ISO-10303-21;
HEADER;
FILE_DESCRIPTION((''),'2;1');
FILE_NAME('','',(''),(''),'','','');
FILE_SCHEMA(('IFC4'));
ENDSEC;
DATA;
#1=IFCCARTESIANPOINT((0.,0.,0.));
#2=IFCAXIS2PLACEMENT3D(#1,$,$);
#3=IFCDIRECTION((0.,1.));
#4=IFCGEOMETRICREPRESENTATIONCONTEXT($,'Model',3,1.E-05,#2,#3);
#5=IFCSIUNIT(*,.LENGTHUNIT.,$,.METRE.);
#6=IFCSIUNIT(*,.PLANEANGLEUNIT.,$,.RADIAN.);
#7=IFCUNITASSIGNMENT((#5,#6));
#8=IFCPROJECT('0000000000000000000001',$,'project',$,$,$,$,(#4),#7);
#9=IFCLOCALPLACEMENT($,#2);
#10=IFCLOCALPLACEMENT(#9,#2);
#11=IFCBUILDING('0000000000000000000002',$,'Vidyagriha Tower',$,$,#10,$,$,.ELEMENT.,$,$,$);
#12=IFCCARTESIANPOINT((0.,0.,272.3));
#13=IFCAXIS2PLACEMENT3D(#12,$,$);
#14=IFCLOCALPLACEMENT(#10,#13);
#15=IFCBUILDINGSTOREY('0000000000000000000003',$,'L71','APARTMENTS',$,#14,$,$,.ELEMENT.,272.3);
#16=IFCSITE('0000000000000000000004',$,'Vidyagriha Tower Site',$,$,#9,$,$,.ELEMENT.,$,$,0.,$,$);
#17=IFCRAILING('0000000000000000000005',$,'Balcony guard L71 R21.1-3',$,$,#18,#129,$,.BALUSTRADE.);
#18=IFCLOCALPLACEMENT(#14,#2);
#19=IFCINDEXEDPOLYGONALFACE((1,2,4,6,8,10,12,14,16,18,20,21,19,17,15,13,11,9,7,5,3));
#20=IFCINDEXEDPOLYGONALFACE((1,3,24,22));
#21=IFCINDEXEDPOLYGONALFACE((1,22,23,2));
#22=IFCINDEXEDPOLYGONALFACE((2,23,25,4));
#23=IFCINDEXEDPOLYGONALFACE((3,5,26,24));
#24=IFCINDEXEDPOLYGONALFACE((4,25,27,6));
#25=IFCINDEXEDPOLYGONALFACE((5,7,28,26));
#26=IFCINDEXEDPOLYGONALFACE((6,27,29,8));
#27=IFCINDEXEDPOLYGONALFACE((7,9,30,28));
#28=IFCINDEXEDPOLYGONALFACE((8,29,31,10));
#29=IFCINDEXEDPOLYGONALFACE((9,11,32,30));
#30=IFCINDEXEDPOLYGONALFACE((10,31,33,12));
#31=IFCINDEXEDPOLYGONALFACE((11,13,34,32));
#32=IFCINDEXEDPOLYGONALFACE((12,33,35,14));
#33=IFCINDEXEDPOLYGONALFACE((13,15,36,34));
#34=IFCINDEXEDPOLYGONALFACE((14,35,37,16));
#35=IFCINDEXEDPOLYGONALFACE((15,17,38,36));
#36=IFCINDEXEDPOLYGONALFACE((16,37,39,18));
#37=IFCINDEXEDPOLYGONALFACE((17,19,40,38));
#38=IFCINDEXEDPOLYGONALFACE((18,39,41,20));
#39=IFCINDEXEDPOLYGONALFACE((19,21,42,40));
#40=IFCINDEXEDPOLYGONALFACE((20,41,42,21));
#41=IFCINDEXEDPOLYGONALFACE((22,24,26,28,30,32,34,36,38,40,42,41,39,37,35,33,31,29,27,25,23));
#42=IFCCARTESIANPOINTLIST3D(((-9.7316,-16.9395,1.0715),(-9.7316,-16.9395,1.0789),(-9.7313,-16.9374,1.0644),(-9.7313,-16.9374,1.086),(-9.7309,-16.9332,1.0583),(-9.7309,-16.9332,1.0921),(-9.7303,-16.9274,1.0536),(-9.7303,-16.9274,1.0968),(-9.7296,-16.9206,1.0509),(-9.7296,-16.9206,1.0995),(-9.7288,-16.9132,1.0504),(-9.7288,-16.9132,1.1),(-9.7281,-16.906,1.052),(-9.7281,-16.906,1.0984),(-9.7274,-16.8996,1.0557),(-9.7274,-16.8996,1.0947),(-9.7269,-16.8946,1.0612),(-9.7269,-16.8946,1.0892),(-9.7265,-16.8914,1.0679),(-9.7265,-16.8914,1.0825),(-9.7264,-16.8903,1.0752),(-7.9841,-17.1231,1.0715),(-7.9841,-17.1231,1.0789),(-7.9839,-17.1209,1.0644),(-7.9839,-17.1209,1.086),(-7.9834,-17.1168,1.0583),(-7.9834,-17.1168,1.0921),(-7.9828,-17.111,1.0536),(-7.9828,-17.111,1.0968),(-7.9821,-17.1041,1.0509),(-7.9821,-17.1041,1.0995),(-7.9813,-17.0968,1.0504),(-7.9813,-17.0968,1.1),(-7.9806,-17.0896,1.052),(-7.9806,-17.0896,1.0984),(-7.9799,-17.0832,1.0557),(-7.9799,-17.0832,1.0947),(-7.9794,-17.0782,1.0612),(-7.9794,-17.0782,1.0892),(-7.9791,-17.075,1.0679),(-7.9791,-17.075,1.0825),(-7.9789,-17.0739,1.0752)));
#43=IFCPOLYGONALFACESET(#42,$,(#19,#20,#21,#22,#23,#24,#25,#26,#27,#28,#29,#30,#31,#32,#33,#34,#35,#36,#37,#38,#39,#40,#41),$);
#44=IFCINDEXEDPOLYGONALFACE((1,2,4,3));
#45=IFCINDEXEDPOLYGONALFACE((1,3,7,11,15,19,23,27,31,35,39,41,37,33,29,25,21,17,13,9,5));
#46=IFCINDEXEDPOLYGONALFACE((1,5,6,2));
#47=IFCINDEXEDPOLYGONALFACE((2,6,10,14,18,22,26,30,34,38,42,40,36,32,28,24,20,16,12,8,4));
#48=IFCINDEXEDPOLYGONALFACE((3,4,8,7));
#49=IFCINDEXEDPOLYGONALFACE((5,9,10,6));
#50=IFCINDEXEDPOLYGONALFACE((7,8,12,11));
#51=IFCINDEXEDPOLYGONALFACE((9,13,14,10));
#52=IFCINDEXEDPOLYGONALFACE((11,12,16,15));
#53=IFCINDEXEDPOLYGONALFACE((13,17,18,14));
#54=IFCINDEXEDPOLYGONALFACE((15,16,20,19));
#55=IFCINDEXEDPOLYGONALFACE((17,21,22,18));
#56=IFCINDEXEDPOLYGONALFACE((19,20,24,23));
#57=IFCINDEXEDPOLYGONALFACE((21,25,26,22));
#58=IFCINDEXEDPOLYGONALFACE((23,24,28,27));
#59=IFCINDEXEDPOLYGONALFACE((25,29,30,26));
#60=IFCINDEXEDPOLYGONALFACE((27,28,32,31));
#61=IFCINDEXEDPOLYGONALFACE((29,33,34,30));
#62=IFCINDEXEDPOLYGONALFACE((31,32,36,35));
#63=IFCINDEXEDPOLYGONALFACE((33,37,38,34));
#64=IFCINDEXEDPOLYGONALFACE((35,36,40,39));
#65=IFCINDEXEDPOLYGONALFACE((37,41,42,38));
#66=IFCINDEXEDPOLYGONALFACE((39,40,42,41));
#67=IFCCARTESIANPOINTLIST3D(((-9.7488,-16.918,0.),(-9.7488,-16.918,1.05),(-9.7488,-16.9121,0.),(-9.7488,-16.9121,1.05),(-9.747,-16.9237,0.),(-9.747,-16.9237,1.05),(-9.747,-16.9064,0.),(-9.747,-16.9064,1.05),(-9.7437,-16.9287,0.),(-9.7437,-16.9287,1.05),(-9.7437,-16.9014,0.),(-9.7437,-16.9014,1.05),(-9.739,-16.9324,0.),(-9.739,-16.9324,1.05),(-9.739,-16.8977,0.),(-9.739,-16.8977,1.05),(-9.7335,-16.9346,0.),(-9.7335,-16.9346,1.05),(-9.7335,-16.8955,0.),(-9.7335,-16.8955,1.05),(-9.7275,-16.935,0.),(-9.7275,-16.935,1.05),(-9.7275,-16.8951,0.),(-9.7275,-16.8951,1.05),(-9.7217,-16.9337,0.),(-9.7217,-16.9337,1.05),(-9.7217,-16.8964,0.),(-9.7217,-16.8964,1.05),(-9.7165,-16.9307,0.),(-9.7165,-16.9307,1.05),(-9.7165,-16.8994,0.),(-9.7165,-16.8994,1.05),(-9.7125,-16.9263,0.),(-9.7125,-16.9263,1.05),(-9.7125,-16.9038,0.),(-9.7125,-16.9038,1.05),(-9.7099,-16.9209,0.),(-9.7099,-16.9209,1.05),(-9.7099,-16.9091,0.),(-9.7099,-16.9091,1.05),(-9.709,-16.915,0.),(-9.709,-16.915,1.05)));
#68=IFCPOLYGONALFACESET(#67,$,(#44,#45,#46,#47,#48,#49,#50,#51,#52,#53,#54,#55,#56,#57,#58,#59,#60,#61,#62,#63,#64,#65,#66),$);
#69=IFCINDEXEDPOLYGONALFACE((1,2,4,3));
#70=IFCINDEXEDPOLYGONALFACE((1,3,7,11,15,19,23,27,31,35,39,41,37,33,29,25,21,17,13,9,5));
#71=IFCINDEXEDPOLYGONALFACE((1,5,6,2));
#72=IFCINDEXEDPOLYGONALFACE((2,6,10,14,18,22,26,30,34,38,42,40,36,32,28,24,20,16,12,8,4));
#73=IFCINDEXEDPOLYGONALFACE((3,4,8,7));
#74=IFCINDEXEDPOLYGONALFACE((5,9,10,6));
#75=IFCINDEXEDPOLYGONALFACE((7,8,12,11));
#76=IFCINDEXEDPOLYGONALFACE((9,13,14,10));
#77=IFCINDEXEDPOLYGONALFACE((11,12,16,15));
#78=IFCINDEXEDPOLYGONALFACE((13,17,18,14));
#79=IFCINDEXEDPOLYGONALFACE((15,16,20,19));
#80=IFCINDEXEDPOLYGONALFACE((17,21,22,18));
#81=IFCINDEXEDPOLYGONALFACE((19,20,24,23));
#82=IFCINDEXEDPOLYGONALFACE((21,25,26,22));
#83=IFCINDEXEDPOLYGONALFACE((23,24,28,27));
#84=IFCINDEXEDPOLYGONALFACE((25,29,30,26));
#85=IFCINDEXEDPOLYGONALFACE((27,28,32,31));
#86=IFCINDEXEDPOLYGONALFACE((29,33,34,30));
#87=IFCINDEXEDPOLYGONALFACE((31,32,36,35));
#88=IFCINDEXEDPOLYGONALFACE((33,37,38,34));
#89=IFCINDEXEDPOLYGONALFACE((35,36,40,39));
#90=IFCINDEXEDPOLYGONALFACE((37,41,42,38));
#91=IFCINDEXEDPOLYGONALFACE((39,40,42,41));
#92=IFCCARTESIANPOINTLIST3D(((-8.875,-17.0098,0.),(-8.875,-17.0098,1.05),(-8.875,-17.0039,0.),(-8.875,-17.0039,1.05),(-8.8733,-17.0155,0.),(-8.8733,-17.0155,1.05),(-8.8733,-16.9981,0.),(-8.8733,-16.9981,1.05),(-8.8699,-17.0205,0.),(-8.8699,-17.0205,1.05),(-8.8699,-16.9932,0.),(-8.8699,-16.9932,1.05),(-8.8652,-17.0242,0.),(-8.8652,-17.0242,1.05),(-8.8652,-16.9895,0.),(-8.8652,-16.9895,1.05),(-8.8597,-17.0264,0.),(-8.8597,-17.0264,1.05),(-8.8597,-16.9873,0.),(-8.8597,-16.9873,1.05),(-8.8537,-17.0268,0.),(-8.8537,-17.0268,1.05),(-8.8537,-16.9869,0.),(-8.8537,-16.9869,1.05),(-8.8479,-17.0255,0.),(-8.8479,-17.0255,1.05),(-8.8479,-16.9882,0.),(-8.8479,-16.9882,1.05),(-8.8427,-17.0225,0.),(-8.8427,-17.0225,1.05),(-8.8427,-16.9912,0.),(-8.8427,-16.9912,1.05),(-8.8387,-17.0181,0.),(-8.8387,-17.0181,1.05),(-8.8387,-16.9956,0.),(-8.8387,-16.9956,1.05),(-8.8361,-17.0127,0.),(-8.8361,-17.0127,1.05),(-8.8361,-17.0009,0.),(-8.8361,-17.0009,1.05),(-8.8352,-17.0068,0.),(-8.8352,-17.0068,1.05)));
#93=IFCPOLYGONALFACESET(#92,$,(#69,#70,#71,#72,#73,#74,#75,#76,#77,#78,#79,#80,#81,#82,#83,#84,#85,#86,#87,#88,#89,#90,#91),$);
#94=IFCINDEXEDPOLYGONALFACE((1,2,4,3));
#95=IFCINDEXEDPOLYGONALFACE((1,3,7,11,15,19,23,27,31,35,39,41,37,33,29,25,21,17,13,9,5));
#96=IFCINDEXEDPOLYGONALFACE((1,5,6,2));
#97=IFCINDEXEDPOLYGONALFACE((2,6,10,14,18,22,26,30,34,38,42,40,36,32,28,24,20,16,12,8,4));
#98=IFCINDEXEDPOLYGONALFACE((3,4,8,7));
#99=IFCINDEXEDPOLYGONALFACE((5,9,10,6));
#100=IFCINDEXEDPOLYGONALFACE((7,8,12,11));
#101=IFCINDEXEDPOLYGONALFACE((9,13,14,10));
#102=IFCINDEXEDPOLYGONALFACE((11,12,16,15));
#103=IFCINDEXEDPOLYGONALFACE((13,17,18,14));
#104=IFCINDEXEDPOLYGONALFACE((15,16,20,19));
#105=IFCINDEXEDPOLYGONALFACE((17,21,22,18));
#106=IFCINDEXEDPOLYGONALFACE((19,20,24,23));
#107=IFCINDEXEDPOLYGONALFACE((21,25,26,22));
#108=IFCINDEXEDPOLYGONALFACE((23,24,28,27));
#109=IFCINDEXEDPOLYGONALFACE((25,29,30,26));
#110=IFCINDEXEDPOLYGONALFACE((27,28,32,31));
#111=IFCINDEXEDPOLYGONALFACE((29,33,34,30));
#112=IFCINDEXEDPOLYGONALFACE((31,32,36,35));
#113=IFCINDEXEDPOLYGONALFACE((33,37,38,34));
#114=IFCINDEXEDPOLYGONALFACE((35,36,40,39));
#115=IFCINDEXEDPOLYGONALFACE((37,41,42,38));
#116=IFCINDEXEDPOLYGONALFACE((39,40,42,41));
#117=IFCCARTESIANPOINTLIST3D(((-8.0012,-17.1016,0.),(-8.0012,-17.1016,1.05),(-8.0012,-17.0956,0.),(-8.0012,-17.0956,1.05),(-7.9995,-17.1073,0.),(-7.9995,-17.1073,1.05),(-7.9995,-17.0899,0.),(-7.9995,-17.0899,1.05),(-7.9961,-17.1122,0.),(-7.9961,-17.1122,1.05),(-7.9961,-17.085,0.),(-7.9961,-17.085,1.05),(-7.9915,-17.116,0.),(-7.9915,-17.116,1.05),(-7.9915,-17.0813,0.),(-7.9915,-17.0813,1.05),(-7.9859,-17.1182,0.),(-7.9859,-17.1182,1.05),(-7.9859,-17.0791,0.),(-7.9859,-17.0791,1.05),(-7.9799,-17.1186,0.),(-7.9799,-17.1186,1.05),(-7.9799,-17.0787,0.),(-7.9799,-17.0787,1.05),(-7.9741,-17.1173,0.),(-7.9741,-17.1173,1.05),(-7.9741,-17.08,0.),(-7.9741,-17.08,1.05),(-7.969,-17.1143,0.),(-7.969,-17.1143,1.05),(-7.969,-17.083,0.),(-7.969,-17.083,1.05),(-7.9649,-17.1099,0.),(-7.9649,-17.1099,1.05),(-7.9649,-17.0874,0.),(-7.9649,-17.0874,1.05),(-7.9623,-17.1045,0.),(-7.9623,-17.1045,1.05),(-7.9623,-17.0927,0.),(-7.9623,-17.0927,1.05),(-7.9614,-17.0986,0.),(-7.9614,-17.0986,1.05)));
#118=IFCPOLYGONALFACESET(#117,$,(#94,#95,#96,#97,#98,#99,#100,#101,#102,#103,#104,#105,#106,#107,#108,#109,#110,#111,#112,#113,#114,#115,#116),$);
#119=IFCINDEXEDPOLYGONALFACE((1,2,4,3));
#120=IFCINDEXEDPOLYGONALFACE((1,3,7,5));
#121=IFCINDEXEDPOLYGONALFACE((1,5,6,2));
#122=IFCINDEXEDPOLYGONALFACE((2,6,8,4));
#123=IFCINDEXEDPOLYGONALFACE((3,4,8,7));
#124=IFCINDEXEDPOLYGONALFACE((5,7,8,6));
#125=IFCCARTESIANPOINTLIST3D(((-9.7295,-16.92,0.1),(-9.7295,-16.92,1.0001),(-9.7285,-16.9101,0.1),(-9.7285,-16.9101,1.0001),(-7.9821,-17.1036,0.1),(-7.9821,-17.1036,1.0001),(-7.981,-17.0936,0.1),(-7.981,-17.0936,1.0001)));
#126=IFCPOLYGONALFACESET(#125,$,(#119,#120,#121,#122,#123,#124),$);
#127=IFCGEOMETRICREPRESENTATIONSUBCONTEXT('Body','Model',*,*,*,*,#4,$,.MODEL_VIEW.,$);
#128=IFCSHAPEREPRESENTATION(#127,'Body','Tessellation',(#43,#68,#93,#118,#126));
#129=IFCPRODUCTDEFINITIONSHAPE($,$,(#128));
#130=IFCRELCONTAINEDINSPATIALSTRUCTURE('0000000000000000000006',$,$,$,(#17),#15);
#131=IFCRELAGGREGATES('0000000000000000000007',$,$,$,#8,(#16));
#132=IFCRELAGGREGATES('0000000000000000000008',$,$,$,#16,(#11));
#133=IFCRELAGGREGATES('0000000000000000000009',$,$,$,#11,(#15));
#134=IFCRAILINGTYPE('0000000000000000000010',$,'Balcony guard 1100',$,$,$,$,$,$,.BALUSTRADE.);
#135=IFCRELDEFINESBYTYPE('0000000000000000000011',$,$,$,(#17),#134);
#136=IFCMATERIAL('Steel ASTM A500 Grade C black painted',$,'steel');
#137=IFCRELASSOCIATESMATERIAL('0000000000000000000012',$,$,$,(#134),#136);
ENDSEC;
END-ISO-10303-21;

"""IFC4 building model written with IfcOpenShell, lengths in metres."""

from ifc_helpers import new_model, si_unit, direction, frame, origin, origin_2d, place, context, subcontext, project, spatial, rectangle, circle, extrude, material, type_object, element, save


model = new_model("IFC4")

# Units and contexts
model_context = context("Model", 3, precision=1e-05, world=origin(), true_north=direction((0.0, 1.0)))
body_context = subcontext(model_context, "Body", "Model", "MODEL_VIEW")
ifc_project = project(units=[si_unit("LENGTHUNIT", "METRE"), si_unit("PLANEANGLEUNIT", "RADIAN")], contexts=[model_context])

# Site, building, storey
site_placement = place(None, origin())
site = spatial("IfcSite", under=ifc_project, at=site_placement, Name="Vidyagriha Tower Site", CompositionType="ELEMENT", RefElevation=0.0)
building_placement = place(site_placement, origin())
building = spatial("IfcBuilding", under=site, at=building_placement, Name="Vidyagriha Tower", CompositionType="ELEMENT")
storey_placement = place(building_placement, frame((0.0, 0.0, 272.3)))
storey = spatial("IfcBuildingStorey", under=building, at=storey_placement, Name="L71", Description="APARTMENTS", CompositionType="ELEMENT", Elevation=272.3)

# Railing
ifc_material_1 = material(Name="Steel ASTM A500 Grade C black painted", Category="steel")
railing_type = type_object("IfcRailingType", Name="Balcony guard 1100", PredefinedType="BALUSTRADE", material=ifc_material_1)
railing_1_placement = place(storey_placement, frame((-9.729, -16.915, 0.0)))
element("IfcRailing", 1, at=railing_1_placement, inside=storey, type_object=railing_type, Name="Balcony guard L71 R21.1-3", PredefinedType="BALUSTRADE", context=body_context, shape_type="SweptSolid", body=[
    extrude(circle(Radius=0.0249, at=origin_2d()), frame((0.0, 0.0, 1.0752), z_axis=(0.994527, -0.104482, 0.0), x_axis=(0.104482, 0.994527, 0.0)), (0.0, 0.0, 1.0), 1.7571),
    extrude(circle(Radius=0.02, at=origin_2d()), origin(), (0.0, 0.0, 1.0), 1.05),
    extrude(circle(Radius=0.02, at=origin_2d()), frame((0.8738, -0.0918, 0.0)), (0.0, 0.0, 1.0), 1.05),
    extrude(circle(Radius=0.02, at=origin_2d()), frame((1.7476, -0.1836, 0.0)), (0.0, 0.0, 1.0), 1.05),
    extrude(rectangle(XDim=0.01, YDim=0.9001, at=origin_2d()), frame((0.0, 0.0, 0.55), z_axis=(0.994527, -0.104482, 0.0), x_axis=(0.104482, 0.994527, 0.0)), (0.0, 0.0, 1.0), 1.7571),
])

save(model, "model.ifc")
